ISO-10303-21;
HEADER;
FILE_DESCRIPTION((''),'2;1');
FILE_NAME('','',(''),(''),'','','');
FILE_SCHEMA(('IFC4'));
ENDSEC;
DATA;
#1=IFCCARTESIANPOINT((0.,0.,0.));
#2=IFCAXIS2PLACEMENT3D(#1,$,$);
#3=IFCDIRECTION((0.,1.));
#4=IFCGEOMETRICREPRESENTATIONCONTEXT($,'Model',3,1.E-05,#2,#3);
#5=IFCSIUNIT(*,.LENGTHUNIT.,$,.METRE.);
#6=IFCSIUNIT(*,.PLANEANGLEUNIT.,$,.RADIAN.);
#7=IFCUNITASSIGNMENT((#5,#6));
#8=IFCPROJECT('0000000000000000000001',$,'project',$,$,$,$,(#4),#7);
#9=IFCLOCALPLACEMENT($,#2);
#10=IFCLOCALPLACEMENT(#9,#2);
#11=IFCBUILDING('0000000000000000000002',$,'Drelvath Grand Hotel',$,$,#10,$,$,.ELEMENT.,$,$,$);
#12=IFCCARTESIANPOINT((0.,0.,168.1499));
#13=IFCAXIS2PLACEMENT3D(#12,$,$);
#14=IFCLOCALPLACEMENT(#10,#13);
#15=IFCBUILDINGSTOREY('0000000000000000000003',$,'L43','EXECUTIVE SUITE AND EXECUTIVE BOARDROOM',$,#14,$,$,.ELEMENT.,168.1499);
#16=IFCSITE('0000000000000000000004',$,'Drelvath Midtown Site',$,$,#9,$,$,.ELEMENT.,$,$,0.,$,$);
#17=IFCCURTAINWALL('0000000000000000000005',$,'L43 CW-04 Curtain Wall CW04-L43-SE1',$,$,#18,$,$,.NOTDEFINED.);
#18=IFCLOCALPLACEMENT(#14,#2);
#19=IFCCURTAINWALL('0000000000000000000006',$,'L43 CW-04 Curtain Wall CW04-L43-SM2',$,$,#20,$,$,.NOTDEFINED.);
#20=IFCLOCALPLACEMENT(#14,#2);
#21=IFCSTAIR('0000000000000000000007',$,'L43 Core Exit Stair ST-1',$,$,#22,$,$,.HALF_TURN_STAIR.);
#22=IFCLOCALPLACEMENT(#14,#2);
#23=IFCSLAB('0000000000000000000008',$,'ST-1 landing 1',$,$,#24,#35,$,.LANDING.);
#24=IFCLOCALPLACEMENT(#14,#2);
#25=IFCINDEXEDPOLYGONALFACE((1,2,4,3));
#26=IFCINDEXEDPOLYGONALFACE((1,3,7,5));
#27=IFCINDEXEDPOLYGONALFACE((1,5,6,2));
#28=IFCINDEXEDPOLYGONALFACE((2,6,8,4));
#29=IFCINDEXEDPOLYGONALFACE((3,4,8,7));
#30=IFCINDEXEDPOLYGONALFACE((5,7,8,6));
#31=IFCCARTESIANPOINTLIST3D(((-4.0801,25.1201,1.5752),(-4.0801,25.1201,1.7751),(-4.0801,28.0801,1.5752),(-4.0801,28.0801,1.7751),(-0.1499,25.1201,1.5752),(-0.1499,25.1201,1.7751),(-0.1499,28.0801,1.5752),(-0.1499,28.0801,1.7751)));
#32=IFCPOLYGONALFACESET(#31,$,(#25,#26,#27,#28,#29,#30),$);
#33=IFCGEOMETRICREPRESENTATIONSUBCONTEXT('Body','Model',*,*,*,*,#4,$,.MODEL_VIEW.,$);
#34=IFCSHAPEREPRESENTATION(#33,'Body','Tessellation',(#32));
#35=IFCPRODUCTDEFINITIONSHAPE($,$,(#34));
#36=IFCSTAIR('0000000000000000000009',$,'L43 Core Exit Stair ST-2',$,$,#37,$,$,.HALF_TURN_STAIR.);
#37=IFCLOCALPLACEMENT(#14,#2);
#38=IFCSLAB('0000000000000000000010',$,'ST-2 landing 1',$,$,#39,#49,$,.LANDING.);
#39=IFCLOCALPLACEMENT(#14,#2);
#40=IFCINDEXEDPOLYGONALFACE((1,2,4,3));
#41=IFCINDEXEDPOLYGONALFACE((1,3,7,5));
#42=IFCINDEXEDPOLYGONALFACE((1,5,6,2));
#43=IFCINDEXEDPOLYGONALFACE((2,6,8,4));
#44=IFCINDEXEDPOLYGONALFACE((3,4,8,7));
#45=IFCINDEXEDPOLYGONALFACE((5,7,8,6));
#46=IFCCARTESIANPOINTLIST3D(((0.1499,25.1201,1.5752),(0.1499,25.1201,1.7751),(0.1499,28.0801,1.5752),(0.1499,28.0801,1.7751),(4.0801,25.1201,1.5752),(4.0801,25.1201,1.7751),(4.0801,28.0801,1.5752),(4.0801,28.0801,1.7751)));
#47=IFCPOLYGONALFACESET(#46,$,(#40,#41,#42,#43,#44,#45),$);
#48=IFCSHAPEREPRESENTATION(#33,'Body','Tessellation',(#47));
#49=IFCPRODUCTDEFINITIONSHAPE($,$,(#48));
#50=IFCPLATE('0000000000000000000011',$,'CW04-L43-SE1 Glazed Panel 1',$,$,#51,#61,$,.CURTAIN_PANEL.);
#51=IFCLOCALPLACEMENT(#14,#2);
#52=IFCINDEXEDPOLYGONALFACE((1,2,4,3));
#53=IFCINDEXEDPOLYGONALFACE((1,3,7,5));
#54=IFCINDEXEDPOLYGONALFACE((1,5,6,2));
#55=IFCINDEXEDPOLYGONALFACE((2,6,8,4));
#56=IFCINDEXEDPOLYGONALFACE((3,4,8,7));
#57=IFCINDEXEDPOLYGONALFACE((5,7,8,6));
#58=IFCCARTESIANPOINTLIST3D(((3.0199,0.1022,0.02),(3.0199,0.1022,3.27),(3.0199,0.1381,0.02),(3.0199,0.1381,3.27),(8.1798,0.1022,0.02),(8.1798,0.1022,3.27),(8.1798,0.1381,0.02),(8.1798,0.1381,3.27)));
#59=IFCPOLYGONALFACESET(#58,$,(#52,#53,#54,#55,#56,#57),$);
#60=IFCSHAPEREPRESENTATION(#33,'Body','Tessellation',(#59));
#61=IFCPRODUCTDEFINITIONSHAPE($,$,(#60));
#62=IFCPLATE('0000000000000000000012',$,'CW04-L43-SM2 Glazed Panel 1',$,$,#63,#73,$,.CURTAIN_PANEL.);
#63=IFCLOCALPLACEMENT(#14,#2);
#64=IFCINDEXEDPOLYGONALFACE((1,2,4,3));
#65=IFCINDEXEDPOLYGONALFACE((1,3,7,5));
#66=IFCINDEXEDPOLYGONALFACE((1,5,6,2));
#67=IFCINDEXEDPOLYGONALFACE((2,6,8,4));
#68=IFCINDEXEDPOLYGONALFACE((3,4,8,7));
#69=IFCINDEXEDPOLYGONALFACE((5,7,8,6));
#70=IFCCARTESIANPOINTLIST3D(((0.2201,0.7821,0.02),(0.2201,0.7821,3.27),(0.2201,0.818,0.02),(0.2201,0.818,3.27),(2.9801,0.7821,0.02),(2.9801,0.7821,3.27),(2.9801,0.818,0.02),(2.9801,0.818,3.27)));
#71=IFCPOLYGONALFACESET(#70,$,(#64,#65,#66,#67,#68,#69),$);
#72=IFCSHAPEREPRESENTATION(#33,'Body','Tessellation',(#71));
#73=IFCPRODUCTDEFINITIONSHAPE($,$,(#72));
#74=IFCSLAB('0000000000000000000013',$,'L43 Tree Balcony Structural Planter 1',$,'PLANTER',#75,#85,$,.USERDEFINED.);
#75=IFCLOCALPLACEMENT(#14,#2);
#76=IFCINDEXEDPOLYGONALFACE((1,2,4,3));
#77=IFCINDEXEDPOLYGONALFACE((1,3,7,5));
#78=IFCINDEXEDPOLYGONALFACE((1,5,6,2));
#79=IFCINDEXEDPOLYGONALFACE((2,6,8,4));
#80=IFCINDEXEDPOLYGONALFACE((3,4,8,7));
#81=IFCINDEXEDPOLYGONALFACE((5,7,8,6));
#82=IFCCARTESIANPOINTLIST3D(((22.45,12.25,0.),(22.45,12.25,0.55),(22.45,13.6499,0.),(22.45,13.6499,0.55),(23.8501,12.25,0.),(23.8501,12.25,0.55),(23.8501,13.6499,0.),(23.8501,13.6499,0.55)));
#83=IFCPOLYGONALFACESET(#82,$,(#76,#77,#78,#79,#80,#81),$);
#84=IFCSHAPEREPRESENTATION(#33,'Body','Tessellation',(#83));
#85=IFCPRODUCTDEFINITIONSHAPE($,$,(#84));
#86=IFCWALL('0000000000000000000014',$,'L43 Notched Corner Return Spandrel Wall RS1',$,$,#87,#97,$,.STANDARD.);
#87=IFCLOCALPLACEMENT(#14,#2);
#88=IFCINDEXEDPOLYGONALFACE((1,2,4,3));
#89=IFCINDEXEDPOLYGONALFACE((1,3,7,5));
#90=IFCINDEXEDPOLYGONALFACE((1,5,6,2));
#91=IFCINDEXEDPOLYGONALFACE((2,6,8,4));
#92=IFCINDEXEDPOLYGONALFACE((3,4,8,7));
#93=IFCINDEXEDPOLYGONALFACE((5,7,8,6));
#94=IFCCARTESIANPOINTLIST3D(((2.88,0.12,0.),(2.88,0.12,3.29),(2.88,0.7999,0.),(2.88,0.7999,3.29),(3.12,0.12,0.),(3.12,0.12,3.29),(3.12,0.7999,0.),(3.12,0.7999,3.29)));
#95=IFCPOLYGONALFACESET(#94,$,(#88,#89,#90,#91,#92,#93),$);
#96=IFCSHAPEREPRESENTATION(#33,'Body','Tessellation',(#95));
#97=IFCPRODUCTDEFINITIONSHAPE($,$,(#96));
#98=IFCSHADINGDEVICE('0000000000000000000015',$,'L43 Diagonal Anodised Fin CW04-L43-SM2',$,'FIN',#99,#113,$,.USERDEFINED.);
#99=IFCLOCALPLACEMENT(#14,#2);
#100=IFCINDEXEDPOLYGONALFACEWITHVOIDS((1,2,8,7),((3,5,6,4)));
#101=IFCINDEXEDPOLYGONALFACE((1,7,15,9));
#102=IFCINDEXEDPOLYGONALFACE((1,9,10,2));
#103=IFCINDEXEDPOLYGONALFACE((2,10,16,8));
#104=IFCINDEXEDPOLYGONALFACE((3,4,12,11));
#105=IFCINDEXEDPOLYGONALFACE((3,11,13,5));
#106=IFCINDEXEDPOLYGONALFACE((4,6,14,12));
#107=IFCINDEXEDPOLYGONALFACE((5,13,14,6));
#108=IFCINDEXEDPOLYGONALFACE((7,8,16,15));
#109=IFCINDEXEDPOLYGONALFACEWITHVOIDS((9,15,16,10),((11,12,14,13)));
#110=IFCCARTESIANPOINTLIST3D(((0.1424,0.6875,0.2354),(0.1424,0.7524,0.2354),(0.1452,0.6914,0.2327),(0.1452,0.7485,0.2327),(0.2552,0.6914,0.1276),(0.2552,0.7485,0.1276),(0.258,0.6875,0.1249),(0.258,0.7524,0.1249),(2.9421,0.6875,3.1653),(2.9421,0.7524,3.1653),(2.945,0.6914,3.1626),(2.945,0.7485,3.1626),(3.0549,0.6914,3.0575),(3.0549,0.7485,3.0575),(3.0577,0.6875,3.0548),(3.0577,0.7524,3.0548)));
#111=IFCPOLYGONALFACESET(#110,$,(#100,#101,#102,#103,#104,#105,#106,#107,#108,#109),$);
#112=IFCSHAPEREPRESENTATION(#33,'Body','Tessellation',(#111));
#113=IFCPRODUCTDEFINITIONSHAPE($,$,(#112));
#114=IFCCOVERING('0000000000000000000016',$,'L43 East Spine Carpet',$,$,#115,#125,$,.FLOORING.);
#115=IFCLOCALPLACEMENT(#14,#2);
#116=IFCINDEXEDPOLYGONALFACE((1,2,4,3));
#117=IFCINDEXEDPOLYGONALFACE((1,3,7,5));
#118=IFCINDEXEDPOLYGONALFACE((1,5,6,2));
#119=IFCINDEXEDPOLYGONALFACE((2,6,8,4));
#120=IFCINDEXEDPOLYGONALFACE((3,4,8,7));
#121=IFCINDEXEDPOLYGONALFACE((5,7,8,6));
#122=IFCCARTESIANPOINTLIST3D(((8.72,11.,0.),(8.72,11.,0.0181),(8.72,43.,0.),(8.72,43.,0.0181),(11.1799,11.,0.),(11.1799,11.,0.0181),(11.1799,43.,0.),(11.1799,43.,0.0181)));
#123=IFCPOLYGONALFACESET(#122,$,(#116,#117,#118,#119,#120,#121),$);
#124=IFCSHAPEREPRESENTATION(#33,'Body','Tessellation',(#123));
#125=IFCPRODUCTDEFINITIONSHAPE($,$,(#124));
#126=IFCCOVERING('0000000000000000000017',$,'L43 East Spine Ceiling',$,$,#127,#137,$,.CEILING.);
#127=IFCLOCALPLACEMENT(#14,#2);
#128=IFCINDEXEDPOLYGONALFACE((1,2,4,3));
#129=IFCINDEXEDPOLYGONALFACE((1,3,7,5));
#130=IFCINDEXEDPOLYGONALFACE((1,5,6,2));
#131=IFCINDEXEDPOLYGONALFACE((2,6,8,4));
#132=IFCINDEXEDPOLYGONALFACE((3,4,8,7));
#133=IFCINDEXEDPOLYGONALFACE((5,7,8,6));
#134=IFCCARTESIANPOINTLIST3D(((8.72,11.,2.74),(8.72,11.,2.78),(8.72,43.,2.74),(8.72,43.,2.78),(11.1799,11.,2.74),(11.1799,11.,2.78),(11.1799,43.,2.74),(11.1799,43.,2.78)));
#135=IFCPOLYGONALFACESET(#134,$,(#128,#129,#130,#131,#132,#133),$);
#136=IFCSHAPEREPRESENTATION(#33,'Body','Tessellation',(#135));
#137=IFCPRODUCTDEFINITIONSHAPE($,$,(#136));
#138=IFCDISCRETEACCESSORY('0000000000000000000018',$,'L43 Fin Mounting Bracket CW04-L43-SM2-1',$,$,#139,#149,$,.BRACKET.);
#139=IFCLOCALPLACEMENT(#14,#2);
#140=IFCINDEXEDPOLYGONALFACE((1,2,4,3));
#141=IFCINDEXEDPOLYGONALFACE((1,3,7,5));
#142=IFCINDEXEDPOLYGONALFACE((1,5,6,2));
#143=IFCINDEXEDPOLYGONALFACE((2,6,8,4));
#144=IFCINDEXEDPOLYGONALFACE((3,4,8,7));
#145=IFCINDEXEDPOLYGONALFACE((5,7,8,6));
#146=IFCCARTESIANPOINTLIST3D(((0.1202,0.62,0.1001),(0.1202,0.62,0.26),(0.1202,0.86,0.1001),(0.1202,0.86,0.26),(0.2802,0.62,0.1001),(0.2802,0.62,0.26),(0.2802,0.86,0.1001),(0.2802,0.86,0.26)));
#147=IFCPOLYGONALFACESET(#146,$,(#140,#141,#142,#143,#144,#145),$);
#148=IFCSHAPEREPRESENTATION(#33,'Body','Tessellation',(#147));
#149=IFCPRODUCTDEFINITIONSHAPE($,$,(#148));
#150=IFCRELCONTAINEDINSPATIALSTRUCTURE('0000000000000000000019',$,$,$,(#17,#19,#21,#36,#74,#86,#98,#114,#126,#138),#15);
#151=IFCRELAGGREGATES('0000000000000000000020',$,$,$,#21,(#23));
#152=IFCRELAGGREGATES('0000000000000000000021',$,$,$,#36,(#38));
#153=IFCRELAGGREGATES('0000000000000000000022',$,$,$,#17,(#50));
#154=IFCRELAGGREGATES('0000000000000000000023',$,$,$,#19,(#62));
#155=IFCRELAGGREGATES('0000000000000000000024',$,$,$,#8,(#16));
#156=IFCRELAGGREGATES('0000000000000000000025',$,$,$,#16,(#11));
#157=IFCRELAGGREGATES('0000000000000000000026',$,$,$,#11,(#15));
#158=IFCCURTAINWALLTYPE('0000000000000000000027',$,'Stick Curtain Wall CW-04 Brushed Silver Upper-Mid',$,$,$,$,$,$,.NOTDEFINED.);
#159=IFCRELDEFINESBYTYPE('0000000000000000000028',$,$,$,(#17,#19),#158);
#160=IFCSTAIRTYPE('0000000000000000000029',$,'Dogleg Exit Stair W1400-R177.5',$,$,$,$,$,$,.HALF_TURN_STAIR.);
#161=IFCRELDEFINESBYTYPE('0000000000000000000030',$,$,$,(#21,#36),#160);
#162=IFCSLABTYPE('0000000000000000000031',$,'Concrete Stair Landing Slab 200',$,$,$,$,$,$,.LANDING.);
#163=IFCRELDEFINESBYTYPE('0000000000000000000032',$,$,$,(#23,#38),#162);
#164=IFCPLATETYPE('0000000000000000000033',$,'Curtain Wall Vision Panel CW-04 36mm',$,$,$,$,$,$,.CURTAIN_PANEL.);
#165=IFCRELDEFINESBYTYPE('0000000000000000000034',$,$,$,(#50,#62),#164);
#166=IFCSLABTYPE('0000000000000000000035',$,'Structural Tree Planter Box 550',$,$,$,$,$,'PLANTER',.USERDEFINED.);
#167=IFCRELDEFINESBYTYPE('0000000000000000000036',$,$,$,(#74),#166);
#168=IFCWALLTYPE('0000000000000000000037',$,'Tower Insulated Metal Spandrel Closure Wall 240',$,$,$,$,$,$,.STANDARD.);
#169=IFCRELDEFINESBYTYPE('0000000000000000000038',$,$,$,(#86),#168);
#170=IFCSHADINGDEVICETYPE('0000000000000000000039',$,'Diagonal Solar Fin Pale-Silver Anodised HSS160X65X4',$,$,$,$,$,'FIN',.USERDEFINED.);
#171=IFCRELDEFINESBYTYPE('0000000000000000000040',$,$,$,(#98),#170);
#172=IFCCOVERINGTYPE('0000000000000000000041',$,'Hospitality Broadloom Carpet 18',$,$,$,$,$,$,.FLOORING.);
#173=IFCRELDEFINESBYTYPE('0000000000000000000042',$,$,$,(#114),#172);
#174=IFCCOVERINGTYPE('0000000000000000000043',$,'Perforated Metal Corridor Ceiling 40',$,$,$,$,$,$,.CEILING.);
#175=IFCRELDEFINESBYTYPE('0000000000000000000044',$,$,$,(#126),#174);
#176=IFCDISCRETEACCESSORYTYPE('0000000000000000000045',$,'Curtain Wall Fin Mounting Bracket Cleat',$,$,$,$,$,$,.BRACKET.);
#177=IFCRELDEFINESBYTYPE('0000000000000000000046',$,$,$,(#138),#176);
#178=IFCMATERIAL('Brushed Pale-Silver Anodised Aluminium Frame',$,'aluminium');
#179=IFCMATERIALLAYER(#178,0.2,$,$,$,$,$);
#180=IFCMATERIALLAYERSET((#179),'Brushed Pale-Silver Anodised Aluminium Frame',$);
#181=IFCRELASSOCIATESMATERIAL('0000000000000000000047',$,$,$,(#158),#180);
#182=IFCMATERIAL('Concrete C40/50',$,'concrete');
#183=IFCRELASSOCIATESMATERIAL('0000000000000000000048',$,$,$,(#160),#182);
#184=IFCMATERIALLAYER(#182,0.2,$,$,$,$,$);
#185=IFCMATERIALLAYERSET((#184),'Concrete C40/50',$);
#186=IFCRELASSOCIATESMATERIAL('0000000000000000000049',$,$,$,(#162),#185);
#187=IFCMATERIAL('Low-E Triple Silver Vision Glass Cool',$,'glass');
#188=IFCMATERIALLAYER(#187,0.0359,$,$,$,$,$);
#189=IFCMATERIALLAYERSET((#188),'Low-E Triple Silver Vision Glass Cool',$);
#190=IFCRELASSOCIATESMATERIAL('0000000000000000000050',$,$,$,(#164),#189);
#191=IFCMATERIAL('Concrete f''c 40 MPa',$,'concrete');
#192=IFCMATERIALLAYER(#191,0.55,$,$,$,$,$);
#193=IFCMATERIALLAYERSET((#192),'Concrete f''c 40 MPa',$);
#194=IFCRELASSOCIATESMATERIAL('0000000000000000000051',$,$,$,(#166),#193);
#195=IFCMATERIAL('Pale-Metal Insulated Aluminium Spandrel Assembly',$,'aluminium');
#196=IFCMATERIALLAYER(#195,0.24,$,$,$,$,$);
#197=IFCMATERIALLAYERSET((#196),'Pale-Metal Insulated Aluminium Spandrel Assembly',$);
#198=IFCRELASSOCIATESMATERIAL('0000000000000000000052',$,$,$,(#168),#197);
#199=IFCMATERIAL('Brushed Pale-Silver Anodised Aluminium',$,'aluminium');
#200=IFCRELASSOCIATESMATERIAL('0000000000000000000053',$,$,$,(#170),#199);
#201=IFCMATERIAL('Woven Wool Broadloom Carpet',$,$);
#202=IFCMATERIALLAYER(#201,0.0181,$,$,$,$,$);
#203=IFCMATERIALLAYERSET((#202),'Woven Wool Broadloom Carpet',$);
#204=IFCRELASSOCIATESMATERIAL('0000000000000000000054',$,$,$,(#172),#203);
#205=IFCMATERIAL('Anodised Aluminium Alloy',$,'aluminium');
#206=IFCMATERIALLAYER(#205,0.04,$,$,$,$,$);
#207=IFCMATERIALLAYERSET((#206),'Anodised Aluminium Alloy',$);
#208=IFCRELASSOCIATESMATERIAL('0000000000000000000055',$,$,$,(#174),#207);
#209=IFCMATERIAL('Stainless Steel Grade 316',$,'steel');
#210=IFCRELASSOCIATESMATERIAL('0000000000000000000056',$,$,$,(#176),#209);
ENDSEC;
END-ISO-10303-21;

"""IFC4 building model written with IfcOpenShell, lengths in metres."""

from ifc_helpers import new_model, si_unit, direction, frame, frame_2d, origin, origin_2d, place, context, subcontext, project, spatial, polyline, rectangle, hollow_rectangle, outline, extrude, material, layer, layer_set, material_profile, profile_set, type_object, element, aggregate, save


model = new_model("IFC4")

# Units and contexts
model_context = context("Model", 3, precision=1e-05, world=origin(), true_north=direction((0.0, 1.0)))
body_context = subcontext(model_context, "Body", "Model", "MODEL_VIEW")
ifc_project = project(units=[si_unit("LENGTHUNIT", "METRE"), si_unit("PLANEANGLEUNIT", "RADIAN")], contexts=[model_context])

# Site, building, storey
site_placement = place(None, origin())
site = spatial("IfcSite", under=ifc_project, at=site_placement, Name="Drelvath Midtown Site", CompositionType="ELEMENT", RefElevation=0.0)
building_placement = place(site_placement, origin())
building = spatial("IfcBuilding", under=site, at=building_placement, Name="Drelvath Grand Hotel", CompositionType="ELEMENT")
storey_placement = place(building_placement, frame((0.0, 0.0, 168.1499)))
storey = spatial("IfcBuildingStorey", under=building, at=storey_placement, Name="L43", Description="EXECUTIVE SUITE AND EXECUTIVE BOARDROOM", CompositionType="ELEMENT", Elevation=168.1499)

# Curtain walls
ifc_material_1 = material(Name="Brushed Pale-Silver Anodised Aluminium Frame", Category="aluminium")
ifc_layer_1 = layer(ifc_material_1, 0.2)
ifc_layer_set_1 = layer_set([ifc_layer_1], Name="Brushed Pale-Silver Anodised Aluminium Frame")
curtain_wall_type = type_object("IfcCurtainWallType", Name="Stick Curtain Wall CW-04 Brushed Silver Upper-Mid", PredefinedType="NOTDEFINED", material=ifc_layer_set_1)
curtain_wall_1_placement = place(storey_placement, origin())
curtain_wall_1 = element("IfcCurtainWall", 1, at=curtain_wall_1_placement, inside=storey, type_object=curtain_wall_type, Name="L43 CW-04 Curtain Wall CW04-L43-SE1", PredefinedType="NOTDEFINED")
curtain_wall_2_placement = place(storey_placement, origin())
curtain_wall_2 = element("IfcCurtainWall", 2, at=curtain_wall_2_placement, inside=storey, type_object=curtain_wall_type, Name="L43 CW-04 Curtain Wall CW04-L43-SM2", PredefinedType="NOTDEFINED")

# Shared definitions
ifc_material_2 = material(Name="Concrete f'c 40 MPa", Category="concrete")

# Stairs, slabs
ifc_material_3 = material(Name="Concrete C40/50", Category="concrete")
stair_type = type_object("IfcStairType", Name="Dogleg Exit Stair W1400-R177.5", PredefinedType="HALF_TURN_STAIR", material=ifc_material_3)
stair_1_placement = place(storey_placement, origin())
stair_1 = element("IfcStair", 3, at=stair_1_placement, inside=storey, type_object=stair_type, Name="L43 Core Exit Stair ST-1", PredefinedType="HALF_TURN_STAIR")
ifc_layer_2 = layer(ifc_material_3, 0.2)
ifc_layer_set_2 = layer_set([ifc_layer_2], Name="Concrete C40/50")
slab_type_1 = type_object("IfcSlabType", Name="Concrete Stair Landing Slab 200", PredefinedType="LANDING", material=ifc_layer_set_2)
slab_1_placement = place(storey_placement, frame((0.0, 0.0, 1.5752)))
slab_1 = element("IfcSlab", 4, at=slab_1_placement, type_object=slab_type_1, Name="ST-1 landing 1", PredefinedType="LANDING", context=body_context, shape_type="SweptSolid", body=[
    extrude(outline(polyline([(-4.0801, 25.1201), (-0.1499, 25.1201), (-0.1499, 28.0801), (-4.0801, 28.0801), (-4.0801, 25.1201)])), origin(), (0.0, 0.0, 1.0), 0.2),
])
aggregate(stair_1, [slab_1])
stair_2_placement = place(storey_placement, origin())
stair_2 = element("IfcStair", 5, at=stair_2_placement, inside=storey, type_object=stair_type, Name="L43 Core Exit Stair ST-2", PredefinedType="HALF_TURN_STAIR")
slab_2_placement = place(storey_placement, frame((0.0, 0.0, 1.5752)))
slab_2 = element("IfcSlab", 6, at=slab_2_placement, type_object=slab_type_1, Name="ST-2 landing 1", PredefinedType="LANDING", context=body_context, shape_type="SweptSolid", body=[
    extrude(outline(polyline([(4.0801, 28.0801), (0.1499, 28.0801), (0.1499, 25.1201), (4.0801, 25.1201), (4.0801, 28.0801)])), origin(), (0.0, 0.0, 1.0), 0.2),
])
aggregate(stair_2, [slab_2])

# Plates
ifc_material_4 = material(Name="Low-E Triple Silver Vision Glass Cool", Category="glass")
ifc_layer_3 = layer(ifc_material_4, 0.0359)
ifc_layer_set_3 = layer_set([ifc_layer_3], Name="Low-E Triple Silver Vision Glass Cool")
plate_type = type_object("IfcPlateType", Name="Curtain Wall Vision Panel CW-04 36mm", PredefinedType="CURTAIN_PANEL", material=ifc_layer_set_3)
plate_1_placement = place(storey_placement, frame((5.5999, 0.1201, 0.02), z_axis=(0.0, 0.0, 1.0), x_axis=(-1.0, 0.0, 0.0)))
plate_1 = element("IfcPlate", 7, at=plate_1_placement, type_object=plate_type, Name="CW04-L43-SE1 Glazed Panel 1", PredefinedType="CURTAIN_PANEL", context=body_context, shape_type="SweptSolid", body=[
    extrude(rectangle(XDim=5.1599, YDim=0.0359, at=origin_2d()), origin(), (0.0, 0.0, 1.0), 3.25),
])
aggregate(curtain_wall_1, [plate_1])
plate_2_placement = place(storey_placement, frame((1.6001, 0.8, 0.02), z_axis=(0.0, 0.0, 1.0), x_axis=(-1.0, 0.0, 0.0)))
plate_2 = element("IfcPlate", 8, at=plate_2_placement, type_object=plate_type, Name="CW04-L43-SM2 Glazed Panel 1", PredefinedType="CURTAIN_PANEL", context=body_context, shape_type="SweptSolid", body=[
    extrude(rectangle(XDim=2.76, YDim=0.0359, at=origin_2d()), origin(), (0.0, 0.0, 1.0), 3.25),
])
aggregate(curtain_wall_2, [plate_2])

# Slab
ifc_layer_4 = layer(ifc_material_2, 0.55)
ifc_layer_set_4 = layer_set([ifc_layer_4], Name="Concrete f'c 40 MPa")
slab_type_2 = type_object("IfcSlabType", Name="Structural Tree Planter Box 550", ElementType="PLANTER", PredefinedType="USERDEFINED", material=ifc_layer_set_4)
slab_3_placement = place(storey_placement, origin())
element("IfcSlab", 9, at=slab_3_placement, inside=storey, type_object=slab_type_2, Name="L43 Tree Balcony Structural Planter 1", ObjectType="PLANTER", PredefinedType="USERDEFINED", context=body_context, shape_type="SweptSolid", body=[
    extrude(outline(polyline([(22.45, 12.25), (23.8501, 12.25), (23.8501, 13.6499), (22.45, 13.6499), (22.45, 12.25)])), origin(), (0.0, 0.0, 1.0), 0.55),
])

# Wall
ifc_material_5 = material(Name="Pale-Metal Insulated Aluminium Spandrel Assembly", Category="aluminium")
ifc_layer_5 = layer(ifc_material_5, 0.24)
ifc_layer_set_5 = layer_set([ifc_layer_5], Name="Pale-Metal Insulated Aluminium Spandrel Assembly")
wall_type = type_object("IfcWallType", Name="Tower Insulated Metal Spandrel Closure Wall 240", PredefinedType="STANDARD", material=ifc_layer_set_5)
wall_placement = place(storey_placement, frame((3.0, 0.1201, 0.0), z_axis=(0.0, 0.0, 1.0), x_axis=(0.0, 1.0, 0.0)))
element("IfcWall", 10, at=wall_placement, inside=storey, type_object=wall_type, Name="L43 Notched Corner Return Spandrel Wall RS1", PredefinedType="STANDARD", context=body_context, shape_type="SweptSolid", body=[
    extrude(rectangle(XDim=0.6799, YDim=0.24, at=frame_2d((0.3398, 0.0))), origin(), (0.0, 0.0, 1.0), 3.29),
])

# Shading device
ifc_material_6 = material(Name="Brushed Pale-Silver Anodised Aluminium", Category="aluminium")
ifc_material_profile_1 = material_profile(ifc_material_6, hollow_rectangle(XDim=0.0649, YDim=0.1599, WallThickness=0.0039, at=origin_2d()), Name="HSS160X65X4")
ifc_profile_set_1 = profile_set([ifc_material_profile_1], Name="Brushed Pale-Silver Anodised Aluminium")
shading_device_type = type_object("IfcShadingDeviceType", Name="Diagonal Solar Fin Pale-Silver Anodised HSS160X65X4", ElementType="FIN", PredefinedType="USERDEFINED", material=ifc_profile_set_1)
shading_device_placement = place(storey_placement, frame((0.2002, 0.72, 0.1802), z_axis=(0.69087, 0.0, 0.722979), x_axis=(0.0, 1.0, 0.0)))
element("IfcShadingDevice", 11, at=shading_device_placement, inside=storey, type_object=shading_device_type, Name="L43 Diagonal Anodised Fin CW04-L43-SM2", ObjectType="FIN", PredefinedType="USERDEFINED", context=body_context, shape_type="SweptSolid", body=[
    extrude(hollow_rectangle(XDim=0.0649, YDim=0.1599, WallThickness=0.0039, at=origin_2d()), origin(), (0.0, 0.0, 1.0), 4.0525),
])

# Coverings
ifc_material_7 = material(Name="Woven Wool Broadloom Carpet")
ifc_layer_6 = layer(ifc_material_7, 0.0181)
ifc_layer_set_6 = layer_set([ifc_layer_6], Name="Woven Wool Broadloom Carpet")
covering_type_1 = type_object("IfcCoveringType", Name="Hospitality Broadloom Carpet 18", PredefinedType="FLOORING", material=ifc_layer_set_6)
covering_1_placement = place(storey_placement, origin())
element("IfcCovering", 12, at=covering_1_placement, inside=storey, type_object=covering_type_1, Name="L43 East Spine Carpet", PredefinedType="FLOORING", context=body_context, shape_type="SweptSolid", body=[
    extrude(outline(polyline([(11.1799, 11.0), (11.1799, 43.0), (8.72, 43.0), (8.72, 11.0), (11.1799, 11.0)])), origin(), (0.0, 0.0, 1.0), 0.0181),
])
ifc_material_8 = material(Name="Anodised Aluminium Alloy", Category="aluminium")
ifc_layer_7 = layer(ifc_material_8, 0.04)
ifc_layer_set_7 = layer_set([ifc_layer_7], Name="Anodised Aluminium Alloy")
covering_type_2 = type_object("IfcCoveringType", Name="Perforated Metal Corridor Ceiling 40", PredefinedType="CEILING", material=ifc_layer_set_7)
covering_2_placement = place(storey_placement, frame((0.0, 0.0, 2.74)))
element("IfcCovering", 13, at=covering_2_placement, inside=storey, type_object=covering_type_2, Name="L43 East Spine Ceiling", PredefinedType="CEILING", context=body_context, shape_type="SweptSolid", body=[
    extrude(outline(polyline([(11.1799, 11.0), (11.1799, 43.0), (8.72, 43.0), (8.72, 11.0), (11.1799, 11.0)])), origin(), (0.0, 0.0, 1.0), 0.04),
])

# Discrete accessory
ifc_material_9 = material(Name="Stainless Steel Grade 316", Category="steel")
discrete_accessory_type = type_object("IfcDiscreteAccessoryType", Name="Curtain Wall Fin Mounting Bracket Cleat", PredefinedType="BRACKET", material=ifc_material_9)
discrete_accessory_placement = place(storey_placement, frame((0.2002, 0.74, 0.1001), z_axis=(0.0, 0.0, 1.0), x_axis=(-1.0, 0.0, 0.0)))
element("IfcDiscreteAccessory", 14, at=discrete_accessory_placement, inside=storey, type_object=discrete_accessory_type, Name="L43 Fin Mounting Bracket CW04-L43-SM2-1", PredefinedType="BRACKET", context=body_context, shape_type="SweptSolid", body=[
    extrude(rectangle(XDim=0.1599, YDim=0.24, at=origin_2d()), origin(), (0.0, 0.0, 1.0), 0.1599),
])

save(model, "model.ifc")
